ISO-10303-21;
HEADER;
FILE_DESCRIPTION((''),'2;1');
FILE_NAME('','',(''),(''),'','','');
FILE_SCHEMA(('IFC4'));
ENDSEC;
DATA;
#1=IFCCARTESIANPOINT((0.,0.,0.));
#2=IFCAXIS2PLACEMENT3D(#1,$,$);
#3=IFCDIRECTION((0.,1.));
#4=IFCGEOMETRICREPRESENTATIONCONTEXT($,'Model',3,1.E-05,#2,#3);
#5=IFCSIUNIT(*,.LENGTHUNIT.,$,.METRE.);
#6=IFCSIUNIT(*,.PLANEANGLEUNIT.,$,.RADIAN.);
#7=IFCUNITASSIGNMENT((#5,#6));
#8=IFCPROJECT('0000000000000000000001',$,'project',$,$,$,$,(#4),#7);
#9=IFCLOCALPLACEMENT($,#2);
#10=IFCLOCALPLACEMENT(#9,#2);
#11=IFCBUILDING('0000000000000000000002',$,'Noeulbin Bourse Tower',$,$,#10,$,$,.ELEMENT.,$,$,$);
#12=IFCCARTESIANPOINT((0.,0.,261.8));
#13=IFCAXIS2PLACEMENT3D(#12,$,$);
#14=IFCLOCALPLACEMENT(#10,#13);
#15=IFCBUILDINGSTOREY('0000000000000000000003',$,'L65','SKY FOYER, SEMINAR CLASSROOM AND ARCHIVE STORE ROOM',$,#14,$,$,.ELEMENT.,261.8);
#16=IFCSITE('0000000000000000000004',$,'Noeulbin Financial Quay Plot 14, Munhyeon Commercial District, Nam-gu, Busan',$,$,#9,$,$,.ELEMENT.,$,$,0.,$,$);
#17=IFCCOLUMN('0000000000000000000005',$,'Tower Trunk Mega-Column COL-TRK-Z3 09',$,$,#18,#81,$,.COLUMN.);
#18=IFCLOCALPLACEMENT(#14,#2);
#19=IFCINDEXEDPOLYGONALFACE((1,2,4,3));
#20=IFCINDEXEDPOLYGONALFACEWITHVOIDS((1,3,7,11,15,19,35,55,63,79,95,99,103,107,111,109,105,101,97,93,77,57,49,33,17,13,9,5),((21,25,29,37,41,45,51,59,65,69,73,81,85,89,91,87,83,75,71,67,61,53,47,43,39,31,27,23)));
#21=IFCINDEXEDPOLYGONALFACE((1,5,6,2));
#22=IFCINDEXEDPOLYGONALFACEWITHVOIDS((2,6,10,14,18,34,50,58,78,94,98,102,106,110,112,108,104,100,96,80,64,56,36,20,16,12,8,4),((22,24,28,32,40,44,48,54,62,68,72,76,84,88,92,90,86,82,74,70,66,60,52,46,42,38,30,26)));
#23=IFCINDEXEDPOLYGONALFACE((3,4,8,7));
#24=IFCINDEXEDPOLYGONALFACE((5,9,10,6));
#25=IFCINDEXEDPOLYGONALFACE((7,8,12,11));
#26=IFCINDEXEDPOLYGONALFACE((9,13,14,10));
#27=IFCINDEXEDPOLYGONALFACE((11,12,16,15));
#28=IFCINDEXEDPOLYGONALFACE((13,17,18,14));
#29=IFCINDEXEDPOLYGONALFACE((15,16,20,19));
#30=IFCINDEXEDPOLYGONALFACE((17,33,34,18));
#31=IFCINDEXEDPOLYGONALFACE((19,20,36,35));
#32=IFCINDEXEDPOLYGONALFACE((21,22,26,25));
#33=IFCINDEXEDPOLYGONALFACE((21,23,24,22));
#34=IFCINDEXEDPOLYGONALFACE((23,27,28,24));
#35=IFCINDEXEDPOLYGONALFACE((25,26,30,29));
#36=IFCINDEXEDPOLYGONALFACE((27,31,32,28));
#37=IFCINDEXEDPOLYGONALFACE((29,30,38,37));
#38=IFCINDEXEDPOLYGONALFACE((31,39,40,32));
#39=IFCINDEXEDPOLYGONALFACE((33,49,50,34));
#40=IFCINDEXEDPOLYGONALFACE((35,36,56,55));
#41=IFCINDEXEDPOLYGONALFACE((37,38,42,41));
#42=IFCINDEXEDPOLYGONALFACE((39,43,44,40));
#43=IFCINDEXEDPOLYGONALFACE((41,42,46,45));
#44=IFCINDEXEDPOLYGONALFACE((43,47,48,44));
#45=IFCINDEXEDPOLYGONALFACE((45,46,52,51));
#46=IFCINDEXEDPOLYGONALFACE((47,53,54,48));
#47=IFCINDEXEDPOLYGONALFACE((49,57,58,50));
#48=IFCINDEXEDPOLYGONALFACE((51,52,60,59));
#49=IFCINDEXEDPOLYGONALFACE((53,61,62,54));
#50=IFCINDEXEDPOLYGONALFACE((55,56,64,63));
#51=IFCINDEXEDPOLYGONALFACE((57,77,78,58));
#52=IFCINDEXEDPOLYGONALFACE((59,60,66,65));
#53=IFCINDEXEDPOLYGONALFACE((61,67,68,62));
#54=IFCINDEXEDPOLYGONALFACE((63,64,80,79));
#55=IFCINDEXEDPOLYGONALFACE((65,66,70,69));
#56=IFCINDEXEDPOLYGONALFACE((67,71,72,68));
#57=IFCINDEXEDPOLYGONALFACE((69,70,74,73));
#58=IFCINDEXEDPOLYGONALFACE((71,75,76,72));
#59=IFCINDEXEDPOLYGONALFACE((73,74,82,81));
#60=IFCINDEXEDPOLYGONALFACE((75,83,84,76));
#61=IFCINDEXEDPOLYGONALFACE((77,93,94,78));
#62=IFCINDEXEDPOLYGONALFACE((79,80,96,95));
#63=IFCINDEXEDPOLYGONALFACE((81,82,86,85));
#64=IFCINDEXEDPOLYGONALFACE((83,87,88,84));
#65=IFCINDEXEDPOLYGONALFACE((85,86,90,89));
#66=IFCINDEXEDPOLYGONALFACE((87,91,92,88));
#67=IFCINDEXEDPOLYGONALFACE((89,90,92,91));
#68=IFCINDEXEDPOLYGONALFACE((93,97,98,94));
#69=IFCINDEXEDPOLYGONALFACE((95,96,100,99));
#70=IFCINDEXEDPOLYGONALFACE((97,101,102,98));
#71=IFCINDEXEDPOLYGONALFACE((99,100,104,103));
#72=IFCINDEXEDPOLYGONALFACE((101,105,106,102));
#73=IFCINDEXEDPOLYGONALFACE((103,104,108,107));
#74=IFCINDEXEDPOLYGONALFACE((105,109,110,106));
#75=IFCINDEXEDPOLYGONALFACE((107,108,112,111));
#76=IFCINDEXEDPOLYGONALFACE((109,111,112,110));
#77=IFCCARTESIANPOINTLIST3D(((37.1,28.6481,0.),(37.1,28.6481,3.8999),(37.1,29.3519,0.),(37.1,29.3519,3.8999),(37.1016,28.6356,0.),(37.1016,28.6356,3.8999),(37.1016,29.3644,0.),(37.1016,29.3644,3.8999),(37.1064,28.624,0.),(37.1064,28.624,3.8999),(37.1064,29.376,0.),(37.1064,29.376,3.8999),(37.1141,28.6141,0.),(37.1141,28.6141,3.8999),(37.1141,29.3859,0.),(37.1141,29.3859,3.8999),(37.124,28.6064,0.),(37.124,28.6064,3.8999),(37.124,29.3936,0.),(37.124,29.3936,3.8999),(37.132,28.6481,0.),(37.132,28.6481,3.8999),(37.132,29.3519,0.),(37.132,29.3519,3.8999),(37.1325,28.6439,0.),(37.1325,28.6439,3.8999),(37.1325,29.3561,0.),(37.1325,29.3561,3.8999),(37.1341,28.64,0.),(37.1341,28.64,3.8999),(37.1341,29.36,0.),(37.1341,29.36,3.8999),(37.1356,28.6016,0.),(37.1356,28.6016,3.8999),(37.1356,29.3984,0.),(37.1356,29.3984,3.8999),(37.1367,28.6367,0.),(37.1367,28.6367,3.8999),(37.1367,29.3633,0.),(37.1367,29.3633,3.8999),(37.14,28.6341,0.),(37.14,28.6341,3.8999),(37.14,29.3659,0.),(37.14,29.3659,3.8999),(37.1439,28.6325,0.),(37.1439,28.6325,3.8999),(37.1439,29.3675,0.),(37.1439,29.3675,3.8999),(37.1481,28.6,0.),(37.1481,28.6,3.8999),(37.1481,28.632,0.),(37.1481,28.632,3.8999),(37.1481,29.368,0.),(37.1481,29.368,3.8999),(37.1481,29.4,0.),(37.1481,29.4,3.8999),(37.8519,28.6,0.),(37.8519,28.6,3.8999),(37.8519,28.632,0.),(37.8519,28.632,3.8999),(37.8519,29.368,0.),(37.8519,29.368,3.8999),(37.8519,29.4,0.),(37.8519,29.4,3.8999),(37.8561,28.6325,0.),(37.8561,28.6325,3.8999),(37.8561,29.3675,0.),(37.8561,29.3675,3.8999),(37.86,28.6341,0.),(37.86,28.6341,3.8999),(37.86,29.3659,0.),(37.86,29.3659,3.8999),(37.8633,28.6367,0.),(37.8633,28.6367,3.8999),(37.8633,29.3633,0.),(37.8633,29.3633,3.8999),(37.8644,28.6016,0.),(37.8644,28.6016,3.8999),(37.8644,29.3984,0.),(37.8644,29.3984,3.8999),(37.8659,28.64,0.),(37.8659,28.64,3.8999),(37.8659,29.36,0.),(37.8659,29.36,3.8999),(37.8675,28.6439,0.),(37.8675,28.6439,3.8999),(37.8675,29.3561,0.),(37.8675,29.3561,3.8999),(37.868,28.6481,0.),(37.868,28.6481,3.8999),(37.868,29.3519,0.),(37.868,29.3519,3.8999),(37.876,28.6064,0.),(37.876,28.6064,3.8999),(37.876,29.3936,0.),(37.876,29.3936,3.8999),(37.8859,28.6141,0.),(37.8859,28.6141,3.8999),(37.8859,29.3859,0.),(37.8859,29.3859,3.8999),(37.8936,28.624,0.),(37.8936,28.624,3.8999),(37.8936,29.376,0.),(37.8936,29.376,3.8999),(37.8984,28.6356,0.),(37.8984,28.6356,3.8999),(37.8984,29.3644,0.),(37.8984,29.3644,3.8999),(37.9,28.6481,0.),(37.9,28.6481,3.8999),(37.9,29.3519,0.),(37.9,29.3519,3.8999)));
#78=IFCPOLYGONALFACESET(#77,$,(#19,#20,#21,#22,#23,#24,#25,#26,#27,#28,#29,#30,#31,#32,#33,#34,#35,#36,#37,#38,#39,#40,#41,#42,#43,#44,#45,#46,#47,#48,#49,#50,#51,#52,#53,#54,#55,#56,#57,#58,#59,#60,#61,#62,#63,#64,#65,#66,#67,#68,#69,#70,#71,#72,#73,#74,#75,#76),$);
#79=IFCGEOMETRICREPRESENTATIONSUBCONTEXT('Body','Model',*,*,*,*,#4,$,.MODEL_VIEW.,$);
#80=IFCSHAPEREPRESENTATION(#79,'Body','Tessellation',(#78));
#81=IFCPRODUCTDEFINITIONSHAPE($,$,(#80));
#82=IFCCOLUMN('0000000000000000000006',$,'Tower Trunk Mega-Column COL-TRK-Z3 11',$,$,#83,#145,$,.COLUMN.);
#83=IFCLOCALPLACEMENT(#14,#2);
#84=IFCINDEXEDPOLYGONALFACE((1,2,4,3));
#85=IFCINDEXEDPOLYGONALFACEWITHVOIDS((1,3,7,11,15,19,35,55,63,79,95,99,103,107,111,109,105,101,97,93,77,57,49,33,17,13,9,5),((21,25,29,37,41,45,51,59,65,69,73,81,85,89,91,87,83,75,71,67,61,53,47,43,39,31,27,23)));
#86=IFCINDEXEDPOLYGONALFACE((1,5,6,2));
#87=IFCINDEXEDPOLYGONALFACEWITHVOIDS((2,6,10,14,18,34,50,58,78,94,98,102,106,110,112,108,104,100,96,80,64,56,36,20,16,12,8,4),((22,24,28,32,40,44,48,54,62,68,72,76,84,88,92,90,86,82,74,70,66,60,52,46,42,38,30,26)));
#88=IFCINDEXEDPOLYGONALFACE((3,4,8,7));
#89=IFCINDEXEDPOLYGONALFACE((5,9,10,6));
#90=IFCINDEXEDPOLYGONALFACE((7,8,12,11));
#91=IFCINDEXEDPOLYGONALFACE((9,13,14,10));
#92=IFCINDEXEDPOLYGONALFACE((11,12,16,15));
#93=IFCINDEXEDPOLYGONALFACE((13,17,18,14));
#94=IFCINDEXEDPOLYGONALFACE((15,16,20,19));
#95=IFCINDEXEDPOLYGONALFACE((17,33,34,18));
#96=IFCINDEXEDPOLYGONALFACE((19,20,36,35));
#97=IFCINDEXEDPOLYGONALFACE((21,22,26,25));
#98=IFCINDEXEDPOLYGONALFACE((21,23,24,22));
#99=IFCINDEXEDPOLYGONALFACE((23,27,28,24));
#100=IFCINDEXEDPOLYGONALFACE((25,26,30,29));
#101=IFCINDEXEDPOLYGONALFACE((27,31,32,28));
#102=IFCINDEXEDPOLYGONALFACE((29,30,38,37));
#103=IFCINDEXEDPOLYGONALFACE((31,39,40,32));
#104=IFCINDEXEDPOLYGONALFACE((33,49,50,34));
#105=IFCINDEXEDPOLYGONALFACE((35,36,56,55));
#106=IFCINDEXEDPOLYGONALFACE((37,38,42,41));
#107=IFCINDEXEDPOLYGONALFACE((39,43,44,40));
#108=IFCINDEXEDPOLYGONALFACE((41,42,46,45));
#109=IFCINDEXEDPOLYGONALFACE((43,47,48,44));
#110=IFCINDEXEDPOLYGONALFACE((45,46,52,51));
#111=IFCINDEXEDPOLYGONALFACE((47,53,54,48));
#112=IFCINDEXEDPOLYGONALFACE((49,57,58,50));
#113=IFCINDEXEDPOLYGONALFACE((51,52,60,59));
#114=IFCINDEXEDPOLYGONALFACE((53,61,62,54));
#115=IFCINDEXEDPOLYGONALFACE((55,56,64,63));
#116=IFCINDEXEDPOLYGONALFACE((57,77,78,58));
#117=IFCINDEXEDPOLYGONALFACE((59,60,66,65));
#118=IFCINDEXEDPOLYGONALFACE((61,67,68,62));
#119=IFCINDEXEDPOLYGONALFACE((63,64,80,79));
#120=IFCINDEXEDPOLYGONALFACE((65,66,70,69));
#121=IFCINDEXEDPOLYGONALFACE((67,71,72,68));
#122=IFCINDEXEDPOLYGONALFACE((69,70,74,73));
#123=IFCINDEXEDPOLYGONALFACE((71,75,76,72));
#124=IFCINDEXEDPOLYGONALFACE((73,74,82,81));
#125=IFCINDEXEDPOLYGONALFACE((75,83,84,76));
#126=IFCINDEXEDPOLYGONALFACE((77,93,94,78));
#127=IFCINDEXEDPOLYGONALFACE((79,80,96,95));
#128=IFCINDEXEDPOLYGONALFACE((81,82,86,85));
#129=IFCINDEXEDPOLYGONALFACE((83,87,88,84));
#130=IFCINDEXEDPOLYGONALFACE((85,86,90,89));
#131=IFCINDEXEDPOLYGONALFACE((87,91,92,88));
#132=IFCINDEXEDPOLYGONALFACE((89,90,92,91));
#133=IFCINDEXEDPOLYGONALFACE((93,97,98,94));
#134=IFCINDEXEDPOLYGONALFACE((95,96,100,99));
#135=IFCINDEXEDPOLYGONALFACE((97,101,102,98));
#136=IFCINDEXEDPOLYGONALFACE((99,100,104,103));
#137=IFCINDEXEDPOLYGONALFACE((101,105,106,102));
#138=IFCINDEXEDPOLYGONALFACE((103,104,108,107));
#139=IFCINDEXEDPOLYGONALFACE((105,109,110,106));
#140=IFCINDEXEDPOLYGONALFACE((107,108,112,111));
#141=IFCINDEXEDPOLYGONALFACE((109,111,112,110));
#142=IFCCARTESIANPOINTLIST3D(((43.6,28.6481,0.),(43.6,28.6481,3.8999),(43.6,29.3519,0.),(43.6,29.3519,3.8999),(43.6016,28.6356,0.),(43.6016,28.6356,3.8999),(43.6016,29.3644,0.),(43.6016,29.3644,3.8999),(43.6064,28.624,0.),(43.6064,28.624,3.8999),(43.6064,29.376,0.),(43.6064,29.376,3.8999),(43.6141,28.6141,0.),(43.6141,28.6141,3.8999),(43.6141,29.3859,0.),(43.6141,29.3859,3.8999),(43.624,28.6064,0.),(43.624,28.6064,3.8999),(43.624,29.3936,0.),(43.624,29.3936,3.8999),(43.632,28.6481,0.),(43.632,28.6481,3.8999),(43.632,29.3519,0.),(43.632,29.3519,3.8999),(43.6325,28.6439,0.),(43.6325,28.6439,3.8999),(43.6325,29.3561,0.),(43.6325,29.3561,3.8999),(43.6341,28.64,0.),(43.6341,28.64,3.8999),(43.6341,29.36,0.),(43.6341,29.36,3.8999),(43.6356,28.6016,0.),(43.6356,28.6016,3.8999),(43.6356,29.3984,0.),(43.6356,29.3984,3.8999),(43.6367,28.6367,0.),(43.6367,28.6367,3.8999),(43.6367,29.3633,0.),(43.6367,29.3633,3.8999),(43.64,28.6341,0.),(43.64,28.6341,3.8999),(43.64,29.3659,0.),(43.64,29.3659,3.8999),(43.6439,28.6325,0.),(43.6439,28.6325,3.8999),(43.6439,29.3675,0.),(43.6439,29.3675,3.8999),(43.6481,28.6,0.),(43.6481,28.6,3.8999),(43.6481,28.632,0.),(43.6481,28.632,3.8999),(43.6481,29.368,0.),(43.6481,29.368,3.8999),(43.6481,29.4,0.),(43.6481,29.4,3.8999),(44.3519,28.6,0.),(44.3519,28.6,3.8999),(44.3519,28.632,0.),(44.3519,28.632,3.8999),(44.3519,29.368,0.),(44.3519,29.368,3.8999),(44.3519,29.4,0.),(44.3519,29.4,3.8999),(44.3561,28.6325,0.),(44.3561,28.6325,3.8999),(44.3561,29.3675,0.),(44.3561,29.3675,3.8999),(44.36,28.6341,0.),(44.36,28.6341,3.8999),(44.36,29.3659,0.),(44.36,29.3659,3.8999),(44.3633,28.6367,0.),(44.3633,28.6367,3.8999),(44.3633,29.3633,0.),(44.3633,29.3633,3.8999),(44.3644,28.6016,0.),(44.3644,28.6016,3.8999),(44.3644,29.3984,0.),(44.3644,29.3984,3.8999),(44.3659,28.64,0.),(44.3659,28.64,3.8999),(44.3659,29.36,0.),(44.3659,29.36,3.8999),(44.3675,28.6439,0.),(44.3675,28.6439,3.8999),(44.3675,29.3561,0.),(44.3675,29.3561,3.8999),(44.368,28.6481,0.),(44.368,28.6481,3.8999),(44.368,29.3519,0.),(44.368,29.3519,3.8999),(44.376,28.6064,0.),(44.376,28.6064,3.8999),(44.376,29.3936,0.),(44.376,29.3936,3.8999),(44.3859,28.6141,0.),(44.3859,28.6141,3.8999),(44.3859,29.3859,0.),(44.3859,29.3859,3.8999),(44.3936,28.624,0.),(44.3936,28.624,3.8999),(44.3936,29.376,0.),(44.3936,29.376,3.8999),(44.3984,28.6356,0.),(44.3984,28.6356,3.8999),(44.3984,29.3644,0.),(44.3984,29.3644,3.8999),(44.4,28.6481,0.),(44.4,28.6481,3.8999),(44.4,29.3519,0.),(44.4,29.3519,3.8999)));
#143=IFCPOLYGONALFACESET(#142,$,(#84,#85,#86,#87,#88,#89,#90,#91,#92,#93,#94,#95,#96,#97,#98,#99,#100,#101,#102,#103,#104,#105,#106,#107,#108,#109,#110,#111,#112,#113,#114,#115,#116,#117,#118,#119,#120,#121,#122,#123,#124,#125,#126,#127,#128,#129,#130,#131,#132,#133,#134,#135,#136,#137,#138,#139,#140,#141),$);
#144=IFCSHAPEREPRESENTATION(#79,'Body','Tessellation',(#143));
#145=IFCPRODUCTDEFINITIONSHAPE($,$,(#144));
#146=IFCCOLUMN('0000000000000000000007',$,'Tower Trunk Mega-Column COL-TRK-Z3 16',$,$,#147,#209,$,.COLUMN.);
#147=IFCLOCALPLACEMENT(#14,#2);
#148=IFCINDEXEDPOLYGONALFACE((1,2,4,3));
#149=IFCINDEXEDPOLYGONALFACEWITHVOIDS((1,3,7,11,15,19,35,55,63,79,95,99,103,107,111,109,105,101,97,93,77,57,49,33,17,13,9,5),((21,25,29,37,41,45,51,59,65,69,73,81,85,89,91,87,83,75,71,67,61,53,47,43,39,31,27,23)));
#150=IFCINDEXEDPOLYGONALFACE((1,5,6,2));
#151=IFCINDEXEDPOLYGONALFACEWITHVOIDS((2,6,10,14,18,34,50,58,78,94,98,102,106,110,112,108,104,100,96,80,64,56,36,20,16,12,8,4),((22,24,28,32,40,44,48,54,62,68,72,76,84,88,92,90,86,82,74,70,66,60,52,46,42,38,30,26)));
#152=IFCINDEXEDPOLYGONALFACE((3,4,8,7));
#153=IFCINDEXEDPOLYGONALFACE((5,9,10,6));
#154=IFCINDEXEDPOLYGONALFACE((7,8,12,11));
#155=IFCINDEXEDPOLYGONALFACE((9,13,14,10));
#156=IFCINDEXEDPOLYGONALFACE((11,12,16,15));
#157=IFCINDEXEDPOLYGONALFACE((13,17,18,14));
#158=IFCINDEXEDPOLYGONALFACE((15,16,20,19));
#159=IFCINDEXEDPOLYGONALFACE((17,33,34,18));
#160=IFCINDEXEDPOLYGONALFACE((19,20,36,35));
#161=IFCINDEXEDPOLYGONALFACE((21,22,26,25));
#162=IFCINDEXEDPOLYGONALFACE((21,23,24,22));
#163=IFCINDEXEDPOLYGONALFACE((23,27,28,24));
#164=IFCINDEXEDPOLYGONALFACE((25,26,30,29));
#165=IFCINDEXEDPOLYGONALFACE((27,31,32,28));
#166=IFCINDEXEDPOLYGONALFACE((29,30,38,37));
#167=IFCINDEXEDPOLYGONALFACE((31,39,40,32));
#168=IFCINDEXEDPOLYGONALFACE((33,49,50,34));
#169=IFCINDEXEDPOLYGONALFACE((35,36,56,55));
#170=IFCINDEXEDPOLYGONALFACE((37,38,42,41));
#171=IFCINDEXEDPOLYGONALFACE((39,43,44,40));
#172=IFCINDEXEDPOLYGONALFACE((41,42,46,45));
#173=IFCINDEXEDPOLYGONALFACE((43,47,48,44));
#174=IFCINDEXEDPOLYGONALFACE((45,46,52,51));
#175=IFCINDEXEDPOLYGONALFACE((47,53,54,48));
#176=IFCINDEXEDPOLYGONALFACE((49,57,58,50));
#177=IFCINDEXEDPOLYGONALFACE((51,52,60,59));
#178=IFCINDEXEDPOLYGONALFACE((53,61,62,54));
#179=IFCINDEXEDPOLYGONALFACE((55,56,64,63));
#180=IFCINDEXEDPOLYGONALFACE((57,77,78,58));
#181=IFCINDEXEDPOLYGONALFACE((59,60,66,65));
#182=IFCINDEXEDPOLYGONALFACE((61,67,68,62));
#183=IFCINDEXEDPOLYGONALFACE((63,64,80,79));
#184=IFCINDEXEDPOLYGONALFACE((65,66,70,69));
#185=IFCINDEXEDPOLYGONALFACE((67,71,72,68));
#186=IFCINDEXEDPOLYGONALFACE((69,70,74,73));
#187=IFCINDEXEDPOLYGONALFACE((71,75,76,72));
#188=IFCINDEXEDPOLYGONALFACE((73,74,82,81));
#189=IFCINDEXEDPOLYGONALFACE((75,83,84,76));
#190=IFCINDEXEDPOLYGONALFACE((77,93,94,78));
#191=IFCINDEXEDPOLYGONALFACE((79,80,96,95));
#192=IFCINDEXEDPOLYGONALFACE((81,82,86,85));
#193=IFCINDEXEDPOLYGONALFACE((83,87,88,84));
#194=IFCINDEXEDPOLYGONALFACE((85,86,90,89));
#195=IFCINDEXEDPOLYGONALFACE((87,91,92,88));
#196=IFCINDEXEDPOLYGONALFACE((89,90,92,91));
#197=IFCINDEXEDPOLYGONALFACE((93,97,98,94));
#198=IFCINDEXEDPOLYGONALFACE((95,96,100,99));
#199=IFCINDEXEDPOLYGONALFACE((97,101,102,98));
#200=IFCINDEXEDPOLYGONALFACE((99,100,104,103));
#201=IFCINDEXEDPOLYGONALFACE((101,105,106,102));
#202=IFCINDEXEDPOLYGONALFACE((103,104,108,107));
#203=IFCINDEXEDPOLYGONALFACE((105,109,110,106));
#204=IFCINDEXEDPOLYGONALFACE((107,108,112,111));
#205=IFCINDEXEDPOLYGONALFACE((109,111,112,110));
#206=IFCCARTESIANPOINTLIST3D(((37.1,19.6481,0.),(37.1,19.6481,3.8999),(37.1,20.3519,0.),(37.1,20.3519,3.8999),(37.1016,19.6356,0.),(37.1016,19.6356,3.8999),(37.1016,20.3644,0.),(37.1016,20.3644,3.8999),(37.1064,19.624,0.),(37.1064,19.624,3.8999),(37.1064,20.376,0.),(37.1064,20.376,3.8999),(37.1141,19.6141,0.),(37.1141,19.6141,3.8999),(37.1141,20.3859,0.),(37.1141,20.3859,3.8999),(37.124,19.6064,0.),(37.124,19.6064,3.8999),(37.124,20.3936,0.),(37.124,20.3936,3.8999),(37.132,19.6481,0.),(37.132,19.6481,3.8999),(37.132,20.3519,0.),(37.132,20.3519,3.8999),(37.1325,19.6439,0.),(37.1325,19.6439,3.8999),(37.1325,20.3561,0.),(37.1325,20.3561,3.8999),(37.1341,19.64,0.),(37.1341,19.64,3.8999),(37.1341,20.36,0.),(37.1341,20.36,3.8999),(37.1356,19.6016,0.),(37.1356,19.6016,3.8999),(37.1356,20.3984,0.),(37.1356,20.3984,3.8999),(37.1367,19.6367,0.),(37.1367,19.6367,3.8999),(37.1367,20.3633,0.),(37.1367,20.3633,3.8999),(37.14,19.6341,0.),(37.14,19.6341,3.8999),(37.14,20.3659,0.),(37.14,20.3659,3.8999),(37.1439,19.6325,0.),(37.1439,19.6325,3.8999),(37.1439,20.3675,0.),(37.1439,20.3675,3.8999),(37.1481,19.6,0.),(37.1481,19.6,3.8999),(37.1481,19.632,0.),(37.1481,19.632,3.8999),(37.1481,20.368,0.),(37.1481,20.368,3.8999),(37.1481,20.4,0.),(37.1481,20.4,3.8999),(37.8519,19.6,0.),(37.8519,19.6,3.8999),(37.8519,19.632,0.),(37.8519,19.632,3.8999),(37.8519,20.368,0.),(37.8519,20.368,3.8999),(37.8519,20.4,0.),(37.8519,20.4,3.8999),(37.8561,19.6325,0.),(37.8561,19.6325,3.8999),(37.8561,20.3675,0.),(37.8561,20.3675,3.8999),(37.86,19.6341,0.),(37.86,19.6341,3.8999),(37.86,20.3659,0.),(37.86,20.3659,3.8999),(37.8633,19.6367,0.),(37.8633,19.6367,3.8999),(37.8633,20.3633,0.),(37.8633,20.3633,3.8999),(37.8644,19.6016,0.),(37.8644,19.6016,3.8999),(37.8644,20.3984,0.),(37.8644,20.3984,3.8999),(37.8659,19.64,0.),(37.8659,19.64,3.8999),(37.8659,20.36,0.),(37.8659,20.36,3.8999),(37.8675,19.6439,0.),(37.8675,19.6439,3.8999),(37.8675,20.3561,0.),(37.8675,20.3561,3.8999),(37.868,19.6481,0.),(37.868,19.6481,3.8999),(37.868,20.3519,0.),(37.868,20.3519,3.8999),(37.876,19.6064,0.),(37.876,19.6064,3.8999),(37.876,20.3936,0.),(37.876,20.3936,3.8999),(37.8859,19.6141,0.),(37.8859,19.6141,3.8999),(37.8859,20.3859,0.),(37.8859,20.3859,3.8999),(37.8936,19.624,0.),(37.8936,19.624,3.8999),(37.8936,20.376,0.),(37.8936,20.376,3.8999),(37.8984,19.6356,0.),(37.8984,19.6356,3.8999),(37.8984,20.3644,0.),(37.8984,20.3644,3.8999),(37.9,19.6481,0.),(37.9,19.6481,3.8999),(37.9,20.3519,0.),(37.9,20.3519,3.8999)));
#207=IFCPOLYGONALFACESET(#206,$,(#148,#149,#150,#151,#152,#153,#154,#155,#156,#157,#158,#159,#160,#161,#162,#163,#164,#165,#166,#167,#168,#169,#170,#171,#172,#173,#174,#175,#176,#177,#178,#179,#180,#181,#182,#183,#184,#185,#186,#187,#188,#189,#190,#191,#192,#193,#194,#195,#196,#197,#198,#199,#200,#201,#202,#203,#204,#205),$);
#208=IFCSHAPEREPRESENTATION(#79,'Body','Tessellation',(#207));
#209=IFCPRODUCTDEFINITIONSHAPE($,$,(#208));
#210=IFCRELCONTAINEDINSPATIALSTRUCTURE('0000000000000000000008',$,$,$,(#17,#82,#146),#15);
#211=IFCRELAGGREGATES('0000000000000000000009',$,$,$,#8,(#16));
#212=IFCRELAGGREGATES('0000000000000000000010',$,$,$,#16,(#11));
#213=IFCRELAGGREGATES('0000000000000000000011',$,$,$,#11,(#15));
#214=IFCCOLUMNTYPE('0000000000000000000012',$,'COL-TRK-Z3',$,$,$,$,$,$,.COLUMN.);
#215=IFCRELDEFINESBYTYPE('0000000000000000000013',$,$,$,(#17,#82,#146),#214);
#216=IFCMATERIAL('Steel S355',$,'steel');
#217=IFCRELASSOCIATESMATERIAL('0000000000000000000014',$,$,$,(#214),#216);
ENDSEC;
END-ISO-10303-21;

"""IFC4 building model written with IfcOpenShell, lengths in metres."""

from ifc_helpers import new_model, si_unit, direction, frame, origin, origin_2d, place, context, subcontext, project, spatial, hollow_rectangle, extrude, material, material_profile, profile_set, type_object, element, save


model = new_model("IFC4")

# Units and contexts
model_context = context("Model", 3, precision=1e-05, world=origin(), true_north=direction((0.0, 1.0)))
body_context = subcontext(model_context, "Body", "Model", "MODEL_VIEW")
ifc_project = project(units=[si_unit("LENGTHUNIT", "METRE"), si_unit("PLANEANGLEUNIT", "RADIAN")], contexts=[model_context])

# Site, building, storey
site_placement = place(None, origin())
site = spatial("IfcSite", under=ifc_project, at=site_placement, Name="Noeulbin Financial Quay Plot 14, Munhyeon Commercial District, Nam-gu, Busan", CompositionType="ELEMENT", RefElevation=0.0)
building_placement = place(site_placement, origin())
building = spatial("IfcBuilding", under=site, at=building_placement, Name="Noeulbin Bourse Tower", CompositionType="ELEMENT")
storey_placement = place(building_placement, frame((0.0, 0.0, 261.8)))
storey = spatial("IfcBuildingStorey", under=building, at=storey_placement, Name="L65", Description="SKY FOYER, SEMINAR CLASSROOM AND ARCHIVE STORE ROOM", CompositionType="ELEMENT", Elevation=261.8)

# Columns
ifc_material_1 = material(Name="Steel S355", Category="steel")
ifc_material_profile_1 = material_profile(ifc_material_1, hollow_rectangle(XDim=0.8, YDim=0.8, WallThickness=0.032, InnerFilletRadius=0.0161, OuterFilletRadius=0.0481, at=origin_2d()), Name="BOX-800x800x32", Category="LoadBearing")
ifc_profile_set_1 = profile_set([ifc_material_profile_1], Name="Steel S355")
column_type = type_object("IfcColumnType", Name="COL-TRK-Z3", PredefinedType="COLUMN", material=ifc_profile_set_1)
for number, where, z_axis, x_axis, name in (
    (1, (37.5, 29.0, 0.0), (0.0, 0.0, 1.0), (1.0, 0.0, 0.0), "Tower Trunk Mega-Column COL-TRK-Z3 09"),
    (2, (44.0, 29.0, 0.0), (0.0, 0.0, 1.0), (1.0, 0.0, 0.0), "Tower Trunk Mega-Column COL-TRK-Z3 11"),
    (3, (37.5, 20.0, 0.0), (0.0, 0.0, 1.0), (1.0, 0.0, 0.0), "Tower Trunk Mega-Column COL-TRK-Z3 16"),
):
    element("IfcColumn", number, at=place(storey_placement, frame(where, z_axis=z_axis, x_axis=x_axis)), inside=storey, type_object=column_type, Name=name, PredefinedType="COLUMN", context=body_context, shape_type="SweptSolid", body=[
        extrude(hollow_rectangle(XDim=0.8, YDim=0.8, WallThickness=0.032, InnerFilletRadius=0.0161, OuterFilletRadius=0.0481, at=origin_2d()), origin(), (0.0, 0.0, 1.0), 3.8999),
    ])

save(model, "model.ifc")
